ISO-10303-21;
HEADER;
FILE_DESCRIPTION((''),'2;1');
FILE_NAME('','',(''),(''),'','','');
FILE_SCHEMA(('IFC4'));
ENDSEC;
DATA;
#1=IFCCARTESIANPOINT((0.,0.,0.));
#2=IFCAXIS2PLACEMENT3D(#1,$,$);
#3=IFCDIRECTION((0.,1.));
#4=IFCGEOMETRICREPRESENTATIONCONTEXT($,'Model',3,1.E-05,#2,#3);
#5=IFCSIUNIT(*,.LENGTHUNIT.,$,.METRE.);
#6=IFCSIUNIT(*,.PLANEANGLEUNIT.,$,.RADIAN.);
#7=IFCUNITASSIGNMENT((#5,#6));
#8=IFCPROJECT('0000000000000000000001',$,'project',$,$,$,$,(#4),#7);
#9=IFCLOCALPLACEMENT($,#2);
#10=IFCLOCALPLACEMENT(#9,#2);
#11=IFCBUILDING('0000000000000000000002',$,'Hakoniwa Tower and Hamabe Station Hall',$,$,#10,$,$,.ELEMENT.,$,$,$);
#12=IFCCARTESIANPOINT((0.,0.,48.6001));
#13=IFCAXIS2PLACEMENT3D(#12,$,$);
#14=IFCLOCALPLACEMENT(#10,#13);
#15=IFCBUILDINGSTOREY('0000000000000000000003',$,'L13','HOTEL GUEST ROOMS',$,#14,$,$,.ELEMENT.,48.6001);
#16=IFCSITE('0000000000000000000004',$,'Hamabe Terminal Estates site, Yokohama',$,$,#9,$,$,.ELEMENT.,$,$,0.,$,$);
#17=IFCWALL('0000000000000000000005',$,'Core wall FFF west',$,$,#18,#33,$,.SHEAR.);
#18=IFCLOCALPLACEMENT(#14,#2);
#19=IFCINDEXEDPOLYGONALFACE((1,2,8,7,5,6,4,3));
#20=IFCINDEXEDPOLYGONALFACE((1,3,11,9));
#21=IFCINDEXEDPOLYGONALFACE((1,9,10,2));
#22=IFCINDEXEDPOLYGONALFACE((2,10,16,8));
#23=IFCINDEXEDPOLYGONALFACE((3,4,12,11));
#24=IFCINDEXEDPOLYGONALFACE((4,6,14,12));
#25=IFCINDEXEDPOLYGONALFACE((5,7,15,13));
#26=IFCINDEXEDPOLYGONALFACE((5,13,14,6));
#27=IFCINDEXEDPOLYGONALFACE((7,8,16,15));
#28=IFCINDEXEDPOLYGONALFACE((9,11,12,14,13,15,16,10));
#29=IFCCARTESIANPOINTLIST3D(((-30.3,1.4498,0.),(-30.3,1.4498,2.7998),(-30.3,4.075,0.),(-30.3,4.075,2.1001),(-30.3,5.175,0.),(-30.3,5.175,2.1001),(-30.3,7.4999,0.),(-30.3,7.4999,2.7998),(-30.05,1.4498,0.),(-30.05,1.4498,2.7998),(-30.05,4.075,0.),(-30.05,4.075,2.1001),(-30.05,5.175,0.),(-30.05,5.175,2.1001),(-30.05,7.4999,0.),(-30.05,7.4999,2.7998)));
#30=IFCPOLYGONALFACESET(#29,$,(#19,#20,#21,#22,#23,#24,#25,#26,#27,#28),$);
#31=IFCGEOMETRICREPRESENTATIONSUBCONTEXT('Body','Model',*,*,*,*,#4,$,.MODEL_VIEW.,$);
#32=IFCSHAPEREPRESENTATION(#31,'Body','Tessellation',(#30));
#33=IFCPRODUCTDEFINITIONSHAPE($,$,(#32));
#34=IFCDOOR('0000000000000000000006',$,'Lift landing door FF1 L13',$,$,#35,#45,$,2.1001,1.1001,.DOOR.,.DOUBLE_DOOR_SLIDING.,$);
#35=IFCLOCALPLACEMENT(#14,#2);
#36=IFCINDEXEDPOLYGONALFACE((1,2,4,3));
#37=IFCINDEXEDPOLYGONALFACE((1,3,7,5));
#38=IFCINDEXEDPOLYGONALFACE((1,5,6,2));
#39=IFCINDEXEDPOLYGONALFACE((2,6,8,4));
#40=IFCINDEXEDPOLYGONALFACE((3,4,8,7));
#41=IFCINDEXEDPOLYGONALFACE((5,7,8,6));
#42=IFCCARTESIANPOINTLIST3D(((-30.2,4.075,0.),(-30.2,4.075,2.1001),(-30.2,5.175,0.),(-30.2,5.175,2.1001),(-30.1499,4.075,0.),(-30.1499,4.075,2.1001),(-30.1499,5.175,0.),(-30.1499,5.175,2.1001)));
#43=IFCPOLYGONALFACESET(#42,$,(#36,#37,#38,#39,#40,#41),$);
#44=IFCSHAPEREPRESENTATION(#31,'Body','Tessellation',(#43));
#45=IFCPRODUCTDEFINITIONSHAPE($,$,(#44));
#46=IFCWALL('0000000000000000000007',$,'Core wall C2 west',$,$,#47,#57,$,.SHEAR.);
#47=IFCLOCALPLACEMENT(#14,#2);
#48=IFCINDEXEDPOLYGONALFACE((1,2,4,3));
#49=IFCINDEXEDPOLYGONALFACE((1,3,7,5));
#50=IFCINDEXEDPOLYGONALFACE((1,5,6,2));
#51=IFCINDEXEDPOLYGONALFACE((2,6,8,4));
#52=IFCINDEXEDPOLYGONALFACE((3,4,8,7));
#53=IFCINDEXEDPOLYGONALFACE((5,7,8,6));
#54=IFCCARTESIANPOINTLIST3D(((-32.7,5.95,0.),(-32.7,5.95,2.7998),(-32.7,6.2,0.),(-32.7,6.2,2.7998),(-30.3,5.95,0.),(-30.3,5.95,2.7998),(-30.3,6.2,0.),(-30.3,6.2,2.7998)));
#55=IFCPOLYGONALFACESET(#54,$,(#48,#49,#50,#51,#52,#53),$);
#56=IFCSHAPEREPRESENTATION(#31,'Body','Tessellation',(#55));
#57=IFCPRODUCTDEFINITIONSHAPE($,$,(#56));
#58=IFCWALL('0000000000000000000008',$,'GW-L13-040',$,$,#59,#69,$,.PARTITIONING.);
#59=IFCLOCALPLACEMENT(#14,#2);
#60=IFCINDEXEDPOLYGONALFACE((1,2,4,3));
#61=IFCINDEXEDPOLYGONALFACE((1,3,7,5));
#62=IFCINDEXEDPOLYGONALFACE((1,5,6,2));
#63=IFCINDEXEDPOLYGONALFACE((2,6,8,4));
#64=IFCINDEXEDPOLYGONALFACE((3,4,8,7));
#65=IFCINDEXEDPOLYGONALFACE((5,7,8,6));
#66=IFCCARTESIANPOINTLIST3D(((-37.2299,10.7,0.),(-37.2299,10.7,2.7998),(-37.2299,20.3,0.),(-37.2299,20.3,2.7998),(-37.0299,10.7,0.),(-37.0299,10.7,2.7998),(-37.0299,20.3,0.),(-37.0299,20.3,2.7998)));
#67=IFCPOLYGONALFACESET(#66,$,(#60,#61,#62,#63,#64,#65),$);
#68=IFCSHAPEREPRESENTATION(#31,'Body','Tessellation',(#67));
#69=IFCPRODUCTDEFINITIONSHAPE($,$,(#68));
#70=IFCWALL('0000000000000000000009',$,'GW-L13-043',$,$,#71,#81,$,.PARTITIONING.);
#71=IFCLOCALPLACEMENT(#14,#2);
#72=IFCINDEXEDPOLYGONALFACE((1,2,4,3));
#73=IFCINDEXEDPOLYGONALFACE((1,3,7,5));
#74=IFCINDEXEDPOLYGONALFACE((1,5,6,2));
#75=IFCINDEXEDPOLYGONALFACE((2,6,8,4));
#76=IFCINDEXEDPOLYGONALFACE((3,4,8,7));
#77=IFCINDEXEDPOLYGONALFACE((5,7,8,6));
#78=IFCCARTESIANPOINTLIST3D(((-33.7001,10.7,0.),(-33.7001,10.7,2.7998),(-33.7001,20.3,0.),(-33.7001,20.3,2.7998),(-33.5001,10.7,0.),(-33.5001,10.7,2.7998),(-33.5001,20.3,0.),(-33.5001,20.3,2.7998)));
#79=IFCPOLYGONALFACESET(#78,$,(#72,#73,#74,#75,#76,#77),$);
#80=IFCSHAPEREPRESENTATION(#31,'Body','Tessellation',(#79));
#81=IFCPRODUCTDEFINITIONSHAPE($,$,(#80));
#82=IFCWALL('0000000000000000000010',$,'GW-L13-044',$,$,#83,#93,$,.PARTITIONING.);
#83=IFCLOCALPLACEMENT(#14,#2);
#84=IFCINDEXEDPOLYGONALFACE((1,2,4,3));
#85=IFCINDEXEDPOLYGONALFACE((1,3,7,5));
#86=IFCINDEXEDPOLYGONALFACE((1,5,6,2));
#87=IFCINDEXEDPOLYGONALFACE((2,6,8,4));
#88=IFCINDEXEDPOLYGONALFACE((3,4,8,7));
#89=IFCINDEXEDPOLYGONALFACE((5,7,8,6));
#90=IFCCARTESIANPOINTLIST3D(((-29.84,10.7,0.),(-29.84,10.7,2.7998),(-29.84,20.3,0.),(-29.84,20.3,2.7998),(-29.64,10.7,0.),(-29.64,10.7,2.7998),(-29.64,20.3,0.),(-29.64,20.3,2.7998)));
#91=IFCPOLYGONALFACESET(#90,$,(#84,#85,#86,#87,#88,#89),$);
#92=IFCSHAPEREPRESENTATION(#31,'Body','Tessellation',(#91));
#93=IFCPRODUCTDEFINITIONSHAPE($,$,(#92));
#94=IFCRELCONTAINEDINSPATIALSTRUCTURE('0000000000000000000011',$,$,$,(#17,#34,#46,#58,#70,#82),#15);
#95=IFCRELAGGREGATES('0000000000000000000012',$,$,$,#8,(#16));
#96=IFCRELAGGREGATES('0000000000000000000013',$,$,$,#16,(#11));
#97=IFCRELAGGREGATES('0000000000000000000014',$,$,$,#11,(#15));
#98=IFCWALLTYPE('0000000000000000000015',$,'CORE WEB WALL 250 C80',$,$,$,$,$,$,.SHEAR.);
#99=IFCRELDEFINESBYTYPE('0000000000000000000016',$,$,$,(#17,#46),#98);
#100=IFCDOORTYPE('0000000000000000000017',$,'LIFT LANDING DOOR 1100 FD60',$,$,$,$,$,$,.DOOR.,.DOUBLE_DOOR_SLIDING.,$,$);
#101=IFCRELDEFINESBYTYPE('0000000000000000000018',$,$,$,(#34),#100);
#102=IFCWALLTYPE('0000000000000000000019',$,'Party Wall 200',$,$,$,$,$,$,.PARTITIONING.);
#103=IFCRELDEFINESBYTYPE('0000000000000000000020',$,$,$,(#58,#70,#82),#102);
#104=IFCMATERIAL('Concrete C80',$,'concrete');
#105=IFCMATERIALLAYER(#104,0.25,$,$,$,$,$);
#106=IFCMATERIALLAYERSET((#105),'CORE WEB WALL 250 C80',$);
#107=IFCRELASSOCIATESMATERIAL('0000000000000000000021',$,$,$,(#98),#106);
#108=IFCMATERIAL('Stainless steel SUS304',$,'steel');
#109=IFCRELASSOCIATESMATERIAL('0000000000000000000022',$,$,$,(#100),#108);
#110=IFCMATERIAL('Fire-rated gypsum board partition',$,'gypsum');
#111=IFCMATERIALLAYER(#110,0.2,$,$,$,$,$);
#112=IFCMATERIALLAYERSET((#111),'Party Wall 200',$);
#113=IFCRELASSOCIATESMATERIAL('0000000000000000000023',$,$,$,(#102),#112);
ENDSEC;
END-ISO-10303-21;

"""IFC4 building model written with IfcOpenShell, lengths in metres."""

from ifc_helpers import new_model, si_unit, direction, frame, frame_2d, origin, place, context, subcontext, project, spatial, rectangle, extrude, material, layer, layer_set, type_object, element, fill, save


model = new_model("IFC4")

# Units and contexts
model_context = context("Model", 3, precision=1e-05, world=origin(), true_north=direction((0.0, 1.0)))
body_context = subcontext(model_context, "Body", "Model", "MODEL_VIEW")
ifc_project = project(units=[si_unit("LENGTHUNIT", "METRE"), si_unit("PLANEANGLEUNIT", "RADIAN")], contexts=[model_context])

# Site, building, storey
site_placement = place(None, origin())
site = spatial("IfcSite", under=ifc_project, at=site_placement, Name="Hamabe Terminal Estates site, Yokohama", CompositionType="ELEMENT", RefElevation=0.0)
building_placement = place(site_placement, origin())
building = spatial("IfcBuilding", under=site, at=building_placement, Name="Hakoniwa Tower and Hamabe Station Hall", CompositionType="ELEMENT")
storey_placement = place(building_placement, frame((0.0, 0.0, 48.6001)))
storey = spatial("IfcBuildingStorey", under=building, at=storey_placement, Name="L13", Description="HOTEL GUEST ROOMS", CompositionType="ELEMENT", Elevation=48.6001)

# Shared definitions
ifc_material_1 = material(Name="Concrete C80", Category="concrete")
ifc_layer_1 = layer(ifc_material_1, 0.25)
ifc_layer_set_1 = layer_set([ifc_layer_1], Name="CORE WEB WALL 250 C80")
wall_type_1 = type_object("IfcWallType", Name="CORE WEB WALL 250 C80", PredefinedType="SHEAR", material=ifc_layer_set_1)
ifc_material_2 = material(Name="Stainless steel SUS304", Category="steel")
door_type_1 = type_object("IfcDoorType", Name="LIFT LANDING DOOR 1100 FD60", OperationType="DOUBLE_DOOR_SLIDING", PredefinedType="DOOR", material=ifc_material_2)

# Wall, opening, door
wall_1_placement = place(storey_placement, frame((-30.175, 1.45, 0.0), z_axis=(0.0, 0.0, 1.0), x_axis=(0.0, 1.0, 0.0)))
wall_1 = element("IfcWall", 1, at=wall_1_placement, inside=storey, type_object=wall_type_1, Name="Core wall FFF west", PredefinedType="SHEAR", context=body_context, shape_type="SweptSolid", body=[
    extrude(rectangle(XDim=6.05, YDim=0.25, at=frame_2d((3.0249, 0.0))), origin(), (0.0, 0.0, 1.0), 2.7998),
])
opening_1_placement = place(wall_1_placement, frame((2.625, 0.0, 0.0)))
opening_1 = element("IfcOpeningElement", 2, at=opening_1_placement, cuts=wall_1, PredefinedType="OPENING", context=body_context, shape_type="SweptSolid", body=[
    extrude(rectangle(XDim=1.1001, YDim=2.1001, at=frame_2d((0.55, 1.05))), frame((0.0, 0.135, 0.0), z_axis=(0.0, -1.0, 0.0), x_axis=(1.0, 0.0, 0.0)), (0.0, 0.0, 1.0), 0.27),
])
door_1_placement = place(opening_1_placement, origin())
door_1 = element("IfcDoor", 3, at=door_1_placement, inside=storey, type_object=door_type_1, Name="Lift landing door FF1 L13", OperationType="DOUBLE_DOOR_SLIDING", OverallHeight=2.1001, OverallWidth=1.1001, PredefinedType="DOOR", context=body_context, shape_type="SweptSolid", body=[
    extrude(rectangle(XDim=1.1001, YDim=2.1001, at=frame_2d((0.55, 1.05))), frame((0.0, 0.0249, 0.0), z_axis=(0.0, -1.0, 0.0), x_axis=(1.0, 0.0, 0.0)), (0.0, 0.0, 1.0), 0.05),
])
fill(opening_1, door_1)

# Walls
wall_2_placement = place(storey_placement, frame((-32.7, 6.075, 0.0), z_axis=(0.0, 0.0, 1.0), x_axis=(1.0, 0.0, 0.0)))
element("IfcWall", 4, at=wall_2_placement, inside=storey, type_object=wall_type_1, Name="Core wall C2 west", PredefinedType="SHEAR", context=body_context, shape_type="SweptSolid", body=[
    extrude(rectangle(XDim=2.3999, YDim=0.25, at=frame_2d((1.2, 0.0))), origin(), (0.0, 0.0, 1.0), 2.7998),
])
ifc_material_3 = material(Name="Fire-rated gypsum board partition", Category="gypsum")
ifc_layer_2 = layer(ifc_material_3, 0.2)
ifc_layer_set_2 = layer_set([ifc_layer_2], Name="Party Wall 200")
wall_type_2 = type_object("IfcWallType", Name="Party Wall 200", PredefinedType="PARTITIONING", material=ifc_layer_set_2)
for number, where, z_axis, x_axis, name in (
    (5, (-37.1299, 10.7, 0.0), (0.0, 0.0, 1.0), (0.0, 1.0, 0.0), "GW-L13-040"),
    (6, (-33.6001, 10.7, 0.0), (0.0, 0.0, 1.0), (0.0, 1.0, 0.0), "GW-L13-043"),
    (7, (-29.74, 10.7, 0.0), (0.0, 0.0, 1.0), (0.0, 1.0, 0.0), "GW-L13-044"),
):
    element("IfcWall", number, at=place(storey_placement, frame(where, z_axis=z_axis, x_axis=x_axis)), inside=storey, type_object=wall_type_2, Name=name, PredefinedType="PARTITIONING", context=body_context, shape_type="SweptSolid", body=[
        extrude(rectangle(XDim=9.6001, YDim=0.2, at=frame_2d((4.8, 0.0))), origin(), (0.0, 0.0, 1.0), 2.7998),
    ])

save(model, "model.ifc")
